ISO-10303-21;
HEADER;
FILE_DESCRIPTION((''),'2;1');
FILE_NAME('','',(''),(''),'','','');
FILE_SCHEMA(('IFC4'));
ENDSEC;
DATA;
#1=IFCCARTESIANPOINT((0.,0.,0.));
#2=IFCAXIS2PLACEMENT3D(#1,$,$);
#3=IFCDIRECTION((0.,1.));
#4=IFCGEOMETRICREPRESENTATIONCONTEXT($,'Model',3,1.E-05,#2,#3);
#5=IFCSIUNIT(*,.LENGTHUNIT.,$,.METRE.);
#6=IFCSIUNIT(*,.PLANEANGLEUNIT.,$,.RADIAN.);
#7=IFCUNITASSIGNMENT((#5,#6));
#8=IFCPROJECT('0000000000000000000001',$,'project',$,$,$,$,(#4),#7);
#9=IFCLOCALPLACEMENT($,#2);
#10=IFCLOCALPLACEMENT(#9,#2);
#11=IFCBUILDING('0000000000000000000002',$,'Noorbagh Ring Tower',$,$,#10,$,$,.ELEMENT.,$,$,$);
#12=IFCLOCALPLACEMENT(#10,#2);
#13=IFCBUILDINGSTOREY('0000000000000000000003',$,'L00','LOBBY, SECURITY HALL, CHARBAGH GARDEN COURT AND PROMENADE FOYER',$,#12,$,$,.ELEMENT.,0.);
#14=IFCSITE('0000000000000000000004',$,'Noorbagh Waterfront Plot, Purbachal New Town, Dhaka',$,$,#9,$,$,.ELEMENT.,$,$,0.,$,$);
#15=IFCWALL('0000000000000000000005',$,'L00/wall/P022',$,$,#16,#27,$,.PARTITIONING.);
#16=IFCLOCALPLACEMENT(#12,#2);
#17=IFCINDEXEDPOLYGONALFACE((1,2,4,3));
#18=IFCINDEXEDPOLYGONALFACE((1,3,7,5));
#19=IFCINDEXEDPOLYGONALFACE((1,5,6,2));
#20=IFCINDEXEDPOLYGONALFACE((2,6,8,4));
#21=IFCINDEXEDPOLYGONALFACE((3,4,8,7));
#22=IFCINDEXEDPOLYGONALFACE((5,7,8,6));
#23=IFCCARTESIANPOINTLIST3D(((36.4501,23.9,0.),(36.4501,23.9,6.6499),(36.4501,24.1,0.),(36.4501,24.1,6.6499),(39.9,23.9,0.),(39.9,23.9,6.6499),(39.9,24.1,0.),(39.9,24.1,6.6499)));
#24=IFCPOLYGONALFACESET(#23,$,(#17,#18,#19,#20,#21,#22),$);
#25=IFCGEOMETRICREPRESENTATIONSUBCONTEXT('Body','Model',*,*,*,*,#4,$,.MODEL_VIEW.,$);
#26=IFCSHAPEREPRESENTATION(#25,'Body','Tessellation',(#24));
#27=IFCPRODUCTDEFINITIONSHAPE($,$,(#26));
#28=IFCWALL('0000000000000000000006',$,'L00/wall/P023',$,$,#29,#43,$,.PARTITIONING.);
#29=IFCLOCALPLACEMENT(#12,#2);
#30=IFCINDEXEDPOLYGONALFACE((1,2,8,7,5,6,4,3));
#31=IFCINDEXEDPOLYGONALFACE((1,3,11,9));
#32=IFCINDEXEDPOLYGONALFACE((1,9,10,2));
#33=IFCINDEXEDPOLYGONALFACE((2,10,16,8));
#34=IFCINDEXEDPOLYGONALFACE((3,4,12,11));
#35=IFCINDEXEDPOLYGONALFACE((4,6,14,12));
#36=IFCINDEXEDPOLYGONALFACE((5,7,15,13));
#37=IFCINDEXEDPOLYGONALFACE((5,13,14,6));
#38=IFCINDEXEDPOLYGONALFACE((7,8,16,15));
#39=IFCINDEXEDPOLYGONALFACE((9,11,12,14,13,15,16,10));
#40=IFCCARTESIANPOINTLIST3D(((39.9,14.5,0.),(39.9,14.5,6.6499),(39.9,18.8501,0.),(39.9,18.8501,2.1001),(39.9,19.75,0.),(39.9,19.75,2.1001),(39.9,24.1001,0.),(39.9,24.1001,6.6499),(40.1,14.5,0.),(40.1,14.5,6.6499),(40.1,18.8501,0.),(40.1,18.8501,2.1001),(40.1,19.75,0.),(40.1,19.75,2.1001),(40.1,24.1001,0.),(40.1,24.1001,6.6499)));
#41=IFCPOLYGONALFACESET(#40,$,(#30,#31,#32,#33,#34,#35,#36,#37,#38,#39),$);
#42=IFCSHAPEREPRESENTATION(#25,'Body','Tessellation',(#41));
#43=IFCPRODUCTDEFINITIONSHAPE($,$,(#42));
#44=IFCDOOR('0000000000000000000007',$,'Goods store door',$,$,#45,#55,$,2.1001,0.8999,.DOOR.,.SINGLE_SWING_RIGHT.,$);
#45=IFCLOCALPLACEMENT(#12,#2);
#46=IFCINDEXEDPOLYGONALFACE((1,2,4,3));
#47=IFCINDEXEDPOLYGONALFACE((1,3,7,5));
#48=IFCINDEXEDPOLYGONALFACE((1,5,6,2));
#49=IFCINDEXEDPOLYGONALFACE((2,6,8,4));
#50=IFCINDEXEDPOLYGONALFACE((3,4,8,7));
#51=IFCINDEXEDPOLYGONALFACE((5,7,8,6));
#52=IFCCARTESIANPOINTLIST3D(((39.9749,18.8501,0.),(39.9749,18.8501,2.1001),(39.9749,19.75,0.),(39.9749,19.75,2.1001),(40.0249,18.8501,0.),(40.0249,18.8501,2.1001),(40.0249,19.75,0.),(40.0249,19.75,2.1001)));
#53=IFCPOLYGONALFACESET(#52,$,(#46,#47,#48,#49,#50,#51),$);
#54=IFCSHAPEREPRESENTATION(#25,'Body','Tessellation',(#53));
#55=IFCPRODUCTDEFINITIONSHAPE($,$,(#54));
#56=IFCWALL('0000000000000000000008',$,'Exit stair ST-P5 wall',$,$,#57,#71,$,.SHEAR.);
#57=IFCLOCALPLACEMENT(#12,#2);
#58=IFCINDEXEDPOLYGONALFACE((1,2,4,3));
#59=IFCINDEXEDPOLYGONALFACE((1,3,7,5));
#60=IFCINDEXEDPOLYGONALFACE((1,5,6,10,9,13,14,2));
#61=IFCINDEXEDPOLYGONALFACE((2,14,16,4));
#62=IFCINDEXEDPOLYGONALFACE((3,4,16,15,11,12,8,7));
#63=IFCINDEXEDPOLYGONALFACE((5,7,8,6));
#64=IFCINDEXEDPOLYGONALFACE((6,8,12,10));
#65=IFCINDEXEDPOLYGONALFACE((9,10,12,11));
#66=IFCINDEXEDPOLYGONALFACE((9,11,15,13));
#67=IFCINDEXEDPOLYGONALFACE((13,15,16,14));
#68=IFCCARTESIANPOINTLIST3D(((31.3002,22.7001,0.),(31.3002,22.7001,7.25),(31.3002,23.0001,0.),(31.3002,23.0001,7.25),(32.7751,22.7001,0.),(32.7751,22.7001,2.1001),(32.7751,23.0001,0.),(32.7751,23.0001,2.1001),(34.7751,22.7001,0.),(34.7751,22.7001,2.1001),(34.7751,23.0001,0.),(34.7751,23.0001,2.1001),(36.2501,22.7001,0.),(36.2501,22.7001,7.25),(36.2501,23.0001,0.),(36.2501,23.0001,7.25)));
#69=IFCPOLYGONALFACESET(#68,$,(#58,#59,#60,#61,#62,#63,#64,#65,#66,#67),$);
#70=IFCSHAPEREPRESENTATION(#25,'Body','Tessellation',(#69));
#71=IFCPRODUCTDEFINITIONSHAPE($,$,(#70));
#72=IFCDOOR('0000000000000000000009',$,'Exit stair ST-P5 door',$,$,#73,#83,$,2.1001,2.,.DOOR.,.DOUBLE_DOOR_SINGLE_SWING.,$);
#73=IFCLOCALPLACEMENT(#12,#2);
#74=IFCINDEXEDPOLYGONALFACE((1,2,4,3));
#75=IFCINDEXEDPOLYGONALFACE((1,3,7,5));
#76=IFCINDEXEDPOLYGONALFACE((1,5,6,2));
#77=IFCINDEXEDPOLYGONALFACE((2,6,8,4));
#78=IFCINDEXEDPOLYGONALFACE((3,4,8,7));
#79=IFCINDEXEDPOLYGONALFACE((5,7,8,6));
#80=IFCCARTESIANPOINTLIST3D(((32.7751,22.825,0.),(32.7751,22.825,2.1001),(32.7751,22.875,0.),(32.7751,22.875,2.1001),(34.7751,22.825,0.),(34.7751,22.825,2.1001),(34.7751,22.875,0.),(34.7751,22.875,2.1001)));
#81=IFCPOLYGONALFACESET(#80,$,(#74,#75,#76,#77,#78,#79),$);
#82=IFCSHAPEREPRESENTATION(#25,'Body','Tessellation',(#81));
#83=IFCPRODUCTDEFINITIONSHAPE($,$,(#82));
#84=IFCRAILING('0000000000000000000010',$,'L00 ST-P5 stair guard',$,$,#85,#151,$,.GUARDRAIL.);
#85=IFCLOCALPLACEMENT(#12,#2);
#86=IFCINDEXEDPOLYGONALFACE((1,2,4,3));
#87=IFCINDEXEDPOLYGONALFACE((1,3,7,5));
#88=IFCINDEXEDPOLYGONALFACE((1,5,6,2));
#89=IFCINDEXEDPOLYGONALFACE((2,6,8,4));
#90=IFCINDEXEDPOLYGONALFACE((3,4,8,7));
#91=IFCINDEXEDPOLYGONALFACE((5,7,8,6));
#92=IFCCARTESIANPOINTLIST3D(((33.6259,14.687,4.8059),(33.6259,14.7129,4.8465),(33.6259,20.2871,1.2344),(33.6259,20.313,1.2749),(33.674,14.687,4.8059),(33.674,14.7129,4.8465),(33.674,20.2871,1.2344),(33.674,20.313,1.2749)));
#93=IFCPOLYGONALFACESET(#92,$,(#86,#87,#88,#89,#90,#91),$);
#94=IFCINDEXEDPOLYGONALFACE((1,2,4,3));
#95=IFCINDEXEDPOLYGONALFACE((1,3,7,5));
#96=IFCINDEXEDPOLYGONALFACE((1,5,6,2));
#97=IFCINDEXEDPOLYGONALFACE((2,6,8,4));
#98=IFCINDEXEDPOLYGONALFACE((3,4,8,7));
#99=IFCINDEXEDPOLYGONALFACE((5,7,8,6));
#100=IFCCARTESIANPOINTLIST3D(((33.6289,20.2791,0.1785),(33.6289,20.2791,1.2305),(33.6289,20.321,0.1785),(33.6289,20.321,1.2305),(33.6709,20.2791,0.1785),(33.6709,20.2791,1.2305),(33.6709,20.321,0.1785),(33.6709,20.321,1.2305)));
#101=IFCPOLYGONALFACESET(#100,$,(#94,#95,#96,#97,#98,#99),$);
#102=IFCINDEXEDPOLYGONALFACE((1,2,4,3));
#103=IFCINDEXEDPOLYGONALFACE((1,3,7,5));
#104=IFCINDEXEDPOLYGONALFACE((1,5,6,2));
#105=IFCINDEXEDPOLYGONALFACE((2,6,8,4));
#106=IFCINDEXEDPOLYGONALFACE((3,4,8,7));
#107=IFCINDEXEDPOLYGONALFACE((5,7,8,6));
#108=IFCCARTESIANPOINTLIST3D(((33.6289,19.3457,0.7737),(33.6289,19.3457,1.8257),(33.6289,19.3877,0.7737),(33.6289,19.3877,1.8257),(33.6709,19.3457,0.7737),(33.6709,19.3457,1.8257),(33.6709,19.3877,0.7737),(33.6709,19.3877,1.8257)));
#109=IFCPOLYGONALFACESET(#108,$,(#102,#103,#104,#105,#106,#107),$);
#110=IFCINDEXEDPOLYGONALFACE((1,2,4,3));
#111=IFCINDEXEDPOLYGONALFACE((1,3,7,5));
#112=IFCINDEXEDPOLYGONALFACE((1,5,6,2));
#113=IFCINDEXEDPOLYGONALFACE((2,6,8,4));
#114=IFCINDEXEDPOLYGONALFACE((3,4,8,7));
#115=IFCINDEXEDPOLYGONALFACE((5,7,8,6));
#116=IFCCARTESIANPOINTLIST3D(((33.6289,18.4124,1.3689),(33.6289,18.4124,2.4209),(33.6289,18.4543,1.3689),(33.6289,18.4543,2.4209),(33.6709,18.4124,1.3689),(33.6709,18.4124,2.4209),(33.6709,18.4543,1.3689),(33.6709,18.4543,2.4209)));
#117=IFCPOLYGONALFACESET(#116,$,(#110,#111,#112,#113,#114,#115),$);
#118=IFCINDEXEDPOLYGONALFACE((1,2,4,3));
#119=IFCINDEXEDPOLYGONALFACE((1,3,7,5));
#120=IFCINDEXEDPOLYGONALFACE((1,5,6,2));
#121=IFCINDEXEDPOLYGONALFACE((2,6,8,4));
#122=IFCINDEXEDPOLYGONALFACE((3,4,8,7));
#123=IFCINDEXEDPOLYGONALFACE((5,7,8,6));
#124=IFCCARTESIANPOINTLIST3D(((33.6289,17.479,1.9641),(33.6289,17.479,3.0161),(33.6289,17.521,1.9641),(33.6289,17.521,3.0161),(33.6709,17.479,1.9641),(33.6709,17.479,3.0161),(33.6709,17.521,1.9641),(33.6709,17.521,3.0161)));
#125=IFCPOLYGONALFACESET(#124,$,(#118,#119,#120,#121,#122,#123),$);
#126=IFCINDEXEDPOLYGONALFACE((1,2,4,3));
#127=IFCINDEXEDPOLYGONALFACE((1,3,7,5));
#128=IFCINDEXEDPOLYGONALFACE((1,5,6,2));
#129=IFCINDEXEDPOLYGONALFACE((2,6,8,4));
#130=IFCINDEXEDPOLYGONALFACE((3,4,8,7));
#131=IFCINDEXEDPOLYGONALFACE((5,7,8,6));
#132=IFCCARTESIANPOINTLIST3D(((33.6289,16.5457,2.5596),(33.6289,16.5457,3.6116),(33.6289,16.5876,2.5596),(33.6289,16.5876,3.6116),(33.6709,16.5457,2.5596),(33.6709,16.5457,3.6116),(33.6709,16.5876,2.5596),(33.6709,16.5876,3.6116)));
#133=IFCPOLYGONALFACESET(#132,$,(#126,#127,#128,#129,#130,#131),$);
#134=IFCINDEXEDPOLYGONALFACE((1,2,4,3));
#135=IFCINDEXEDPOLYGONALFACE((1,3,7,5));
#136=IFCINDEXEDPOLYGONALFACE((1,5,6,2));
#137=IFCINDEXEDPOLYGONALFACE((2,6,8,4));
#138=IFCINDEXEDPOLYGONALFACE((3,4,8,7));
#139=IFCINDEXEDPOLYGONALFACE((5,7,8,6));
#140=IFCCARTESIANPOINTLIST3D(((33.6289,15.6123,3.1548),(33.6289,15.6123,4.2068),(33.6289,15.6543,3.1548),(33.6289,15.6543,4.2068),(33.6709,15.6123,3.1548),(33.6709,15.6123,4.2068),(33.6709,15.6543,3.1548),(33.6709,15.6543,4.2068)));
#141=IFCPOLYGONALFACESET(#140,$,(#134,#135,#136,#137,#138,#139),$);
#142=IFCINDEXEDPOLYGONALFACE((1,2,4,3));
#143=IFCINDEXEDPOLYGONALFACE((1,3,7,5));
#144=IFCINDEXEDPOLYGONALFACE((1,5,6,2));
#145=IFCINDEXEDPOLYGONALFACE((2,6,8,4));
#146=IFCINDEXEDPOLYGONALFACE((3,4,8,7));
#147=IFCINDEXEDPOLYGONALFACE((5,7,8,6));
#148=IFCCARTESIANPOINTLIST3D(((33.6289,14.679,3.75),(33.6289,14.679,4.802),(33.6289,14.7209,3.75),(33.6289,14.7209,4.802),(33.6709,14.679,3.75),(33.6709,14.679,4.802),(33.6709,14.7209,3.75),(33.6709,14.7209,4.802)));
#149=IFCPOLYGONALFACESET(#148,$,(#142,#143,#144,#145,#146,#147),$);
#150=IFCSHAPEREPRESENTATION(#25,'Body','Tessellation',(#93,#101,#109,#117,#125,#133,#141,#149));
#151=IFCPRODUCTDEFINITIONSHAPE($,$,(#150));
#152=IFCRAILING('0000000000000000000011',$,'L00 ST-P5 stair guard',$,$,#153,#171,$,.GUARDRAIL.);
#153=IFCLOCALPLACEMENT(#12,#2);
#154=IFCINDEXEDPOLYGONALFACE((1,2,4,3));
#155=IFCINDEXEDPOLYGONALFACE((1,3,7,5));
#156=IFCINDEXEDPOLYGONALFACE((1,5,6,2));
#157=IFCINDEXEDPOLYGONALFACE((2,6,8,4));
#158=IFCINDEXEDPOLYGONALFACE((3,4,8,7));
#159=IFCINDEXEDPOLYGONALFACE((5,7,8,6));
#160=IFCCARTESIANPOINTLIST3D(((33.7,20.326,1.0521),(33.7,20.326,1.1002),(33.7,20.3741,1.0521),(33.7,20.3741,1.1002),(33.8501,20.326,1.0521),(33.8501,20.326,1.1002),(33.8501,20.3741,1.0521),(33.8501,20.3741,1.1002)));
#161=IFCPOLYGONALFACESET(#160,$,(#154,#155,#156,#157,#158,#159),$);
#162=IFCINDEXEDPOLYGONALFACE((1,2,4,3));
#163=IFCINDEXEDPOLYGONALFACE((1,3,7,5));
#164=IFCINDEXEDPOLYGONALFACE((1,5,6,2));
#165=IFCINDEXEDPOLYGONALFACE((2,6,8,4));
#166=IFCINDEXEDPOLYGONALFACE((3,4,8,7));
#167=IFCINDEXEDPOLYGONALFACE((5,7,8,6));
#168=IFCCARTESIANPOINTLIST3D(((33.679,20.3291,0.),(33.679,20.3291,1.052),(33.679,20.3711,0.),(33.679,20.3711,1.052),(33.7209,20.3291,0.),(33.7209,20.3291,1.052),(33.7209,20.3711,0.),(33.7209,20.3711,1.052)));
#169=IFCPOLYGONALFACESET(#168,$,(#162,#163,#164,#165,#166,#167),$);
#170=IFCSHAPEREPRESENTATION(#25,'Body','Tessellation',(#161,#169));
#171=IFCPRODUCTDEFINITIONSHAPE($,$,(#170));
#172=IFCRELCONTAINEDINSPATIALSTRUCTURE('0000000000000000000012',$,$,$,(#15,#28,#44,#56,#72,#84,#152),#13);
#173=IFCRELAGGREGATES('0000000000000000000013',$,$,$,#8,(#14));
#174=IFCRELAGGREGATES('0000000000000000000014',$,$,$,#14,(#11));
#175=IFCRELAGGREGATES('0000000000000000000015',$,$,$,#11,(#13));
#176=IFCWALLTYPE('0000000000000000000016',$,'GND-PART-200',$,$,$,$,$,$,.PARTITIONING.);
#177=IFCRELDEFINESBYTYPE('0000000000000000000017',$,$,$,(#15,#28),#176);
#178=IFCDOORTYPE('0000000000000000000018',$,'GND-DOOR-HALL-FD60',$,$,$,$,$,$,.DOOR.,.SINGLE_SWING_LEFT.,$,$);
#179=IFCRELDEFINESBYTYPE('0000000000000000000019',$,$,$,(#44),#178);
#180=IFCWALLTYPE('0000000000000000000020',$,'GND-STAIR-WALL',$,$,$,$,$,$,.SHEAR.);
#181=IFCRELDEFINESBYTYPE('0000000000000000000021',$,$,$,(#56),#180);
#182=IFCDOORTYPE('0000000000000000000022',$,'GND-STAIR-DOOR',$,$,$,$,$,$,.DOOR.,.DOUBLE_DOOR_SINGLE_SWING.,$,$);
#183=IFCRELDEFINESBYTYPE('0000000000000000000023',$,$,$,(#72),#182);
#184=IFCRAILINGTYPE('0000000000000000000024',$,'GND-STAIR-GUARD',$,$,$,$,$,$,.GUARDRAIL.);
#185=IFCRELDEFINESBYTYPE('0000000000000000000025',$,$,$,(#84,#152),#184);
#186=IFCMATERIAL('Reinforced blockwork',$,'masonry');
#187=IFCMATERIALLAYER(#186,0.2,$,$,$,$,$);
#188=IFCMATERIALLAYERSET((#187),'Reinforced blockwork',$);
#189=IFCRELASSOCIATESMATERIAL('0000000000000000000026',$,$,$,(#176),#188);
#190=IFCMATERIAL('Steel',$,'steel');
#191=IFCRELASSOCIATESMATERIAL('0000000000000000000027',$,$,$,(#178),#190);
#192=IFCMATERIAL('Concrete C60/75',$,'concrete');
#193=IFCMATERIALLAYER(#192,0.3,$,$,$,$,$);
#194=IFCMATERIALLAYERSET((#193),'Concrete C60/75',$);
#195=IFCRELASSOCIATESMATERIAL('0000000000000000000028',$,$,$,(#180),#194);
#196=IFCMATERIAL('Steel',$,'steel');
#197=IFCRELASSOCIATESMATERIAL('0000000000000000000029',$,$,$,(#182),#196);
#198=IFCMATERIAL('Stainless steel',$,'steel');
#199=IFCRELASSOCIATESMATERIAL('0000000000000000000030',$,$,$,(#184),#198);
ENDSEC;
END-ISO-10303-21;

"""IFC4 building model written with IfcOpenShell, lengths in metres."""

from ifc_helpers import new_model, si_unit, direction, frame, frame_2d, origin, origin_2d, place, context, subcontext, project, spatial, rectangle, extrude, material, layer, layer_set, type_object, element, fill, save


model = new_model("IFC4")

# Units and contexts
model_context = context("Model", 3, precision=1e-05, world=origin(), true_north=direction((0.0, 1.0)))
body_context = subcontext(model_context, "Body", "Model", "MODEL_VIEW")
ifc_project = project(units=[si_unit("LENGTHUNIT", "METRE"), si_unit("PLANEANGLEUNIT", "RADIAN")], contexts=[model_context])

# Site, building, storey
site_placement = place(None, origin())
site = spatial("IfcSite", under=ifc_project, at=site_placement, Name="Noorbagh Waterfront Plot, Purbachal New Town, Dhaka", CompositionType="ELEMENT", RefElevation=0.0)
building_placement = place(site_placement, origin())
building = spatial("IfcBuilding", under=site, at=building_placement, Name="Noorbagh Ring Tower", CompositionType="ELEMENT")
storey_placement = place(building_placement, origin())
storey = spatial("IfcBuildingStorey", under=building, at=storey_placement, Name="L00", Description="LOBBY, SECURITY HALL, CHARBAGH GARDEN COURT AND PROMENADE FOYER", CompositionType="ELEMENT", Elevation=0.0)

# Wall
ifc_material_1 = material(Name="Reinforced blockwork", Category="masonry")
ifc_layer_1 = layer(ifc_material_1, 0.2)
ifc_layer_set_1 = layer_set([ifc_layer_1], Name="Reinforced blockwork")
wall_type_1 = type_object("IfcWallType", Name="GND-PART-200", PredefinedType="PARTITIONING", material=ifc_layer_set_1)
wall_1_placement = place(storey_placement, frame((36.45, 24.0, 0.0), z_axis=(0.0, 0.0, 1.0), x_axis=(1.0, 0.0, 0.0)))
element("IfcWall", 1, at=wall_1_placement, inside=storey, type_object=wall_type_1, Name="L00/wall/P022", PredefinedType="PARTITIONING", context=body_context, shape_type="SweptSolid", body=[
    extrude(rectangle(XDim=3.45, YDim=0.2, at=frame_2d((1.7251, 0.0))), origin(), (0.0, 0.0, 1.0), 6.6499),
])

# Walls, openings, doors
wall_2_placement = place(storey_placement, frame((40.0, 24.1001, 0.0), z_axis=(0.0, 0.0, 1.0), x_axis=(0.0, -1.0, 0.0)))
wall_2 = element("IfcWall", 2, at=wall_2_placement, inside=storey, type_object=wall_type_1, Name="L00/wall/P023", PredefinedType="PARTITIONING", context=body_context, shape_type="SweptSolid", body=[
    extrude(rectangle(XDim=9.6001, YDim=0.2, at=frame_2d((4.8, 0.0))), origin(), (0.0, 0.0, 1.0), 6.6499),
])
opening_1_placement = place(wall_2_placement, frame((4.3501, 0.0, 0.0)))
opening_1 = element("IfcOpeningElement", 3, at=opening_1_placement, cuts=wall_2, PredefinedType="OPENING", context=body_context, shape_type="SweptSolid", body=[
    extrude(rectangle(XDim=0.8999, YDim=2.1001, at=frame_2d((0.45, 1.05))), frame((0.0, 0.1099, 0.0), z_axis=(0.0, -1.0, 0.0), x_axis=(1.0, 0.0, 0.0)), (0.0, 0.0, 1.0), 0.22),
])
ifc_material_2 = material(Name="Steel", Category="steel")
door_type_1 = type_object("IfcDoorType", Name="GND-DOOR-HALL-FD60", OperationType="SINGLE_SWING_LEFT", PredefinedType="DOOR", material=ifc_material_2)
door_1_placement = place(opening_1_placement, origin())
door_1 = element("IfcDoor", 4, at=door_1_placement, inside=storey, type_object=door_type_1, Name="Goods store door", OperationType="SINGLE_SWING_RIGHT", OverallHeight=2.1001, OverallWidth=0.8999, PredefinedType="DOOR", context=body_context, shape_type="SweptSolid", body=[
    extrude(rectangle(XDim=0.8999, YDim=2.1001, at=frame_2d((0.45, 1.05))), frame((0.0, 0.0249, 0.0), z_axis=(0.0, -1.0, 0.0), x_axis=(1.0, 0.0, 0.0)), (0.0, 0.0, 1.0), 0.05),
])
fill(opening_1, door_1)
ifc_material_3 = material(Name="Concrete C60/75", Category="concrete")
ifc_layer_2 = layer(ifc_material_3, 0.3)
ifc_layer_set_2 = layer_set([ifc_layer_2], Name="Concrete C60/75")
wall_type_2 = type_object("IfcWallType", Name="GND-STAIR-WALL", PredefinedType="SHEAR", material=ifc_layer_set_2)
wall_3_placement = place(storey_placement, frame((31.3, 22.8501, 0.0), z_axis=(0.0, 0.0, 1.0), x_axis=(1.0, 0.0, 0.0)))
wall_3 = element("IfcWall", 5, at=wall_3_placement, inside=storey, type_object=wall_type_2, Name="Exit stair ST-P5 wall", PredefinedType="SHEAR", context=body_context, shape_type="SweptSolid", body=[
    extrude(rectangle(XDim=4.95, YDim=0.3, at=frame_2d((2.4751, 0.0))), origin(), (0.0, 0.0, 1.0), 7.25),
])
opening_2_placement = place(wall_3_placement, frame((1.4751, 0.0, 0.0)))
opening_2 = element("IfcOpeningElement", 6, at=opening_2_placement, cuts=wall_3, PredefinedType="OPENING", context=body_context, shape_type="SweptSolid", body=[
    extrude(rectangle(XDim=2.0, YDim=2.1001, at=frame_2d((1.0, 1.05))), frame((0.0, 0.1602, 0.0), z_axis=(0.0, -1.0, 0.0), x_axis=(1.0, 0.0, 0.0)), (0.0, 0.0, 1.0), 0.3201),
])
ifc_material_4 = material(Name="Steel", Category="steel")
door_type_2 = type_object("IfcDoorType", Name="GND-STAIR-DOOR", OperationType="DOUBLE_DOOR_SINGLE_SWING", PredefinedType="DOOR", material=ifc_material_4)
door_2_placement = place(opening_2_placement, origin())
door_2 = element("IfcDoor", 7, at=door_2_placement, inside=storey, type_object=door_type_2, Name="Exit stair ST-P5 door", OperationType="DOUBLE_DOOR_SINGLE_SWING", OverallHeight=2.1001, OverallWidth=2.0, PredefinedType="DOOR", context=body_context, shape_type="SweptSolid", body=[
    extrude(rectangle(XDim=2.0, YDim=2.1001, at=frame_2d((1.0, 1.05))), frame((0.0, 0.0249, 0.0), z_axis=(0.0, -1.0, 0.0), x_axis=(1.0, 0.0, 0.0)), (0.0, 0.0, 1.0), 0.05),
])
fill(opening_2, door_2)

# Railings
ifc_material_5 = material(Name="Stainless steel", Category="steel")
railing_type = type_object("IfcRailingType", Name="GND-STAIR-GUARD", PredefinedType="GUARDRAIL", material=ifc_material_5)
railing_1_placement = place(storey_placement, frame((33.6499, 20.3, 0.1785)))
element("IfcRailing", 8, at=railing_1_placement, inside=storey, type_object=railing_type, Name="L00 ST-P5 stair guard", PredefinedType="GUARDRAIL", context=body_context, shape_type="SweptSolid", body=[
    extrude(rectangle(XDim=0.0481, YDim=0.0481, at=origin_2d()), frame((0.0, 0.0, 1.0762), z_axis=(0.0, -0.843127, 0.537715), x_axis=(1.0, 0.0, 0.0)), (0.0, 0.0, 1.0), 6.6421),
    extrude(rectangle(XDim=0.042, YDim=0.042, at=origin_2d()), origin(), (0.0, 0.0, 1.0), 1.052),
    extrude(rectangle(XDim=0.042, YDim=0.042, at=origin_2d()), frame((0.0, -0.9333, 0.5952)), (0.0, 0.0, 1.0), 1.052),
    extrude(rectangle(XDim=0.042, YDim=0.042, at=origin_2d()), frame((0.0, -1.8667, 1.1904)), (0.0, 0.0, 1.0), 1.052),
    extrude(rectangle(XDim=0.042, YDim=0.042, at=origin_2d()), frame((0.0, -2.8, 1.7856)), (0.0, 0.0, 1.0), 1.052),
    extrude(rectangle(XDim=0.042, YDim=0.042, at=origin_2d()), frame((0.0, -3.7334, 2.3811)), (0.0, 0.0, 1.0), 1.052),
    extrude(rectangle(XDim=0.042, YDim=0.042, at=origin_2d()), frame((0.0, -4.6667, 2.9763)), (0.0, 0.0, 1.0), 1.052),
    extrude(rectangle(XDim=0.042, YDim=0.042, at=origin_2d()), frame((0.0, -5.6001, 3.5715)), (0.0, 0.0, 1.0), 1.052),
])
railing_2_placement = place(storey_placement, frame((33.7, 20.3501, 0.0)))
element("IfcRailing", 9, at=railing_2_placement, inside=storey, type_object=railing_type, Name="L00 ST-P5 stair guard", PredefinedType="GUARDRAIL", context=body_context, shape_type="SweptSolid", body=[
    extrude(rectangle(XDim=0.0481, YDim=0.0481, at=origin_2d()), frame((0.0, 0.0, 1.0762), z_axis=(1.0, 0.0, 0.0), x_axis=(0.0, 1.0, 0.0)), (0.0, 0.0, 1.0), 0.1501),
    extrude(rectangle(XDim=0.042, YDim=0.042, at=origin_2d()), origin(), (0.0, 0.0, 1.0), 1.052),
])

save(model, "model.ifc")
